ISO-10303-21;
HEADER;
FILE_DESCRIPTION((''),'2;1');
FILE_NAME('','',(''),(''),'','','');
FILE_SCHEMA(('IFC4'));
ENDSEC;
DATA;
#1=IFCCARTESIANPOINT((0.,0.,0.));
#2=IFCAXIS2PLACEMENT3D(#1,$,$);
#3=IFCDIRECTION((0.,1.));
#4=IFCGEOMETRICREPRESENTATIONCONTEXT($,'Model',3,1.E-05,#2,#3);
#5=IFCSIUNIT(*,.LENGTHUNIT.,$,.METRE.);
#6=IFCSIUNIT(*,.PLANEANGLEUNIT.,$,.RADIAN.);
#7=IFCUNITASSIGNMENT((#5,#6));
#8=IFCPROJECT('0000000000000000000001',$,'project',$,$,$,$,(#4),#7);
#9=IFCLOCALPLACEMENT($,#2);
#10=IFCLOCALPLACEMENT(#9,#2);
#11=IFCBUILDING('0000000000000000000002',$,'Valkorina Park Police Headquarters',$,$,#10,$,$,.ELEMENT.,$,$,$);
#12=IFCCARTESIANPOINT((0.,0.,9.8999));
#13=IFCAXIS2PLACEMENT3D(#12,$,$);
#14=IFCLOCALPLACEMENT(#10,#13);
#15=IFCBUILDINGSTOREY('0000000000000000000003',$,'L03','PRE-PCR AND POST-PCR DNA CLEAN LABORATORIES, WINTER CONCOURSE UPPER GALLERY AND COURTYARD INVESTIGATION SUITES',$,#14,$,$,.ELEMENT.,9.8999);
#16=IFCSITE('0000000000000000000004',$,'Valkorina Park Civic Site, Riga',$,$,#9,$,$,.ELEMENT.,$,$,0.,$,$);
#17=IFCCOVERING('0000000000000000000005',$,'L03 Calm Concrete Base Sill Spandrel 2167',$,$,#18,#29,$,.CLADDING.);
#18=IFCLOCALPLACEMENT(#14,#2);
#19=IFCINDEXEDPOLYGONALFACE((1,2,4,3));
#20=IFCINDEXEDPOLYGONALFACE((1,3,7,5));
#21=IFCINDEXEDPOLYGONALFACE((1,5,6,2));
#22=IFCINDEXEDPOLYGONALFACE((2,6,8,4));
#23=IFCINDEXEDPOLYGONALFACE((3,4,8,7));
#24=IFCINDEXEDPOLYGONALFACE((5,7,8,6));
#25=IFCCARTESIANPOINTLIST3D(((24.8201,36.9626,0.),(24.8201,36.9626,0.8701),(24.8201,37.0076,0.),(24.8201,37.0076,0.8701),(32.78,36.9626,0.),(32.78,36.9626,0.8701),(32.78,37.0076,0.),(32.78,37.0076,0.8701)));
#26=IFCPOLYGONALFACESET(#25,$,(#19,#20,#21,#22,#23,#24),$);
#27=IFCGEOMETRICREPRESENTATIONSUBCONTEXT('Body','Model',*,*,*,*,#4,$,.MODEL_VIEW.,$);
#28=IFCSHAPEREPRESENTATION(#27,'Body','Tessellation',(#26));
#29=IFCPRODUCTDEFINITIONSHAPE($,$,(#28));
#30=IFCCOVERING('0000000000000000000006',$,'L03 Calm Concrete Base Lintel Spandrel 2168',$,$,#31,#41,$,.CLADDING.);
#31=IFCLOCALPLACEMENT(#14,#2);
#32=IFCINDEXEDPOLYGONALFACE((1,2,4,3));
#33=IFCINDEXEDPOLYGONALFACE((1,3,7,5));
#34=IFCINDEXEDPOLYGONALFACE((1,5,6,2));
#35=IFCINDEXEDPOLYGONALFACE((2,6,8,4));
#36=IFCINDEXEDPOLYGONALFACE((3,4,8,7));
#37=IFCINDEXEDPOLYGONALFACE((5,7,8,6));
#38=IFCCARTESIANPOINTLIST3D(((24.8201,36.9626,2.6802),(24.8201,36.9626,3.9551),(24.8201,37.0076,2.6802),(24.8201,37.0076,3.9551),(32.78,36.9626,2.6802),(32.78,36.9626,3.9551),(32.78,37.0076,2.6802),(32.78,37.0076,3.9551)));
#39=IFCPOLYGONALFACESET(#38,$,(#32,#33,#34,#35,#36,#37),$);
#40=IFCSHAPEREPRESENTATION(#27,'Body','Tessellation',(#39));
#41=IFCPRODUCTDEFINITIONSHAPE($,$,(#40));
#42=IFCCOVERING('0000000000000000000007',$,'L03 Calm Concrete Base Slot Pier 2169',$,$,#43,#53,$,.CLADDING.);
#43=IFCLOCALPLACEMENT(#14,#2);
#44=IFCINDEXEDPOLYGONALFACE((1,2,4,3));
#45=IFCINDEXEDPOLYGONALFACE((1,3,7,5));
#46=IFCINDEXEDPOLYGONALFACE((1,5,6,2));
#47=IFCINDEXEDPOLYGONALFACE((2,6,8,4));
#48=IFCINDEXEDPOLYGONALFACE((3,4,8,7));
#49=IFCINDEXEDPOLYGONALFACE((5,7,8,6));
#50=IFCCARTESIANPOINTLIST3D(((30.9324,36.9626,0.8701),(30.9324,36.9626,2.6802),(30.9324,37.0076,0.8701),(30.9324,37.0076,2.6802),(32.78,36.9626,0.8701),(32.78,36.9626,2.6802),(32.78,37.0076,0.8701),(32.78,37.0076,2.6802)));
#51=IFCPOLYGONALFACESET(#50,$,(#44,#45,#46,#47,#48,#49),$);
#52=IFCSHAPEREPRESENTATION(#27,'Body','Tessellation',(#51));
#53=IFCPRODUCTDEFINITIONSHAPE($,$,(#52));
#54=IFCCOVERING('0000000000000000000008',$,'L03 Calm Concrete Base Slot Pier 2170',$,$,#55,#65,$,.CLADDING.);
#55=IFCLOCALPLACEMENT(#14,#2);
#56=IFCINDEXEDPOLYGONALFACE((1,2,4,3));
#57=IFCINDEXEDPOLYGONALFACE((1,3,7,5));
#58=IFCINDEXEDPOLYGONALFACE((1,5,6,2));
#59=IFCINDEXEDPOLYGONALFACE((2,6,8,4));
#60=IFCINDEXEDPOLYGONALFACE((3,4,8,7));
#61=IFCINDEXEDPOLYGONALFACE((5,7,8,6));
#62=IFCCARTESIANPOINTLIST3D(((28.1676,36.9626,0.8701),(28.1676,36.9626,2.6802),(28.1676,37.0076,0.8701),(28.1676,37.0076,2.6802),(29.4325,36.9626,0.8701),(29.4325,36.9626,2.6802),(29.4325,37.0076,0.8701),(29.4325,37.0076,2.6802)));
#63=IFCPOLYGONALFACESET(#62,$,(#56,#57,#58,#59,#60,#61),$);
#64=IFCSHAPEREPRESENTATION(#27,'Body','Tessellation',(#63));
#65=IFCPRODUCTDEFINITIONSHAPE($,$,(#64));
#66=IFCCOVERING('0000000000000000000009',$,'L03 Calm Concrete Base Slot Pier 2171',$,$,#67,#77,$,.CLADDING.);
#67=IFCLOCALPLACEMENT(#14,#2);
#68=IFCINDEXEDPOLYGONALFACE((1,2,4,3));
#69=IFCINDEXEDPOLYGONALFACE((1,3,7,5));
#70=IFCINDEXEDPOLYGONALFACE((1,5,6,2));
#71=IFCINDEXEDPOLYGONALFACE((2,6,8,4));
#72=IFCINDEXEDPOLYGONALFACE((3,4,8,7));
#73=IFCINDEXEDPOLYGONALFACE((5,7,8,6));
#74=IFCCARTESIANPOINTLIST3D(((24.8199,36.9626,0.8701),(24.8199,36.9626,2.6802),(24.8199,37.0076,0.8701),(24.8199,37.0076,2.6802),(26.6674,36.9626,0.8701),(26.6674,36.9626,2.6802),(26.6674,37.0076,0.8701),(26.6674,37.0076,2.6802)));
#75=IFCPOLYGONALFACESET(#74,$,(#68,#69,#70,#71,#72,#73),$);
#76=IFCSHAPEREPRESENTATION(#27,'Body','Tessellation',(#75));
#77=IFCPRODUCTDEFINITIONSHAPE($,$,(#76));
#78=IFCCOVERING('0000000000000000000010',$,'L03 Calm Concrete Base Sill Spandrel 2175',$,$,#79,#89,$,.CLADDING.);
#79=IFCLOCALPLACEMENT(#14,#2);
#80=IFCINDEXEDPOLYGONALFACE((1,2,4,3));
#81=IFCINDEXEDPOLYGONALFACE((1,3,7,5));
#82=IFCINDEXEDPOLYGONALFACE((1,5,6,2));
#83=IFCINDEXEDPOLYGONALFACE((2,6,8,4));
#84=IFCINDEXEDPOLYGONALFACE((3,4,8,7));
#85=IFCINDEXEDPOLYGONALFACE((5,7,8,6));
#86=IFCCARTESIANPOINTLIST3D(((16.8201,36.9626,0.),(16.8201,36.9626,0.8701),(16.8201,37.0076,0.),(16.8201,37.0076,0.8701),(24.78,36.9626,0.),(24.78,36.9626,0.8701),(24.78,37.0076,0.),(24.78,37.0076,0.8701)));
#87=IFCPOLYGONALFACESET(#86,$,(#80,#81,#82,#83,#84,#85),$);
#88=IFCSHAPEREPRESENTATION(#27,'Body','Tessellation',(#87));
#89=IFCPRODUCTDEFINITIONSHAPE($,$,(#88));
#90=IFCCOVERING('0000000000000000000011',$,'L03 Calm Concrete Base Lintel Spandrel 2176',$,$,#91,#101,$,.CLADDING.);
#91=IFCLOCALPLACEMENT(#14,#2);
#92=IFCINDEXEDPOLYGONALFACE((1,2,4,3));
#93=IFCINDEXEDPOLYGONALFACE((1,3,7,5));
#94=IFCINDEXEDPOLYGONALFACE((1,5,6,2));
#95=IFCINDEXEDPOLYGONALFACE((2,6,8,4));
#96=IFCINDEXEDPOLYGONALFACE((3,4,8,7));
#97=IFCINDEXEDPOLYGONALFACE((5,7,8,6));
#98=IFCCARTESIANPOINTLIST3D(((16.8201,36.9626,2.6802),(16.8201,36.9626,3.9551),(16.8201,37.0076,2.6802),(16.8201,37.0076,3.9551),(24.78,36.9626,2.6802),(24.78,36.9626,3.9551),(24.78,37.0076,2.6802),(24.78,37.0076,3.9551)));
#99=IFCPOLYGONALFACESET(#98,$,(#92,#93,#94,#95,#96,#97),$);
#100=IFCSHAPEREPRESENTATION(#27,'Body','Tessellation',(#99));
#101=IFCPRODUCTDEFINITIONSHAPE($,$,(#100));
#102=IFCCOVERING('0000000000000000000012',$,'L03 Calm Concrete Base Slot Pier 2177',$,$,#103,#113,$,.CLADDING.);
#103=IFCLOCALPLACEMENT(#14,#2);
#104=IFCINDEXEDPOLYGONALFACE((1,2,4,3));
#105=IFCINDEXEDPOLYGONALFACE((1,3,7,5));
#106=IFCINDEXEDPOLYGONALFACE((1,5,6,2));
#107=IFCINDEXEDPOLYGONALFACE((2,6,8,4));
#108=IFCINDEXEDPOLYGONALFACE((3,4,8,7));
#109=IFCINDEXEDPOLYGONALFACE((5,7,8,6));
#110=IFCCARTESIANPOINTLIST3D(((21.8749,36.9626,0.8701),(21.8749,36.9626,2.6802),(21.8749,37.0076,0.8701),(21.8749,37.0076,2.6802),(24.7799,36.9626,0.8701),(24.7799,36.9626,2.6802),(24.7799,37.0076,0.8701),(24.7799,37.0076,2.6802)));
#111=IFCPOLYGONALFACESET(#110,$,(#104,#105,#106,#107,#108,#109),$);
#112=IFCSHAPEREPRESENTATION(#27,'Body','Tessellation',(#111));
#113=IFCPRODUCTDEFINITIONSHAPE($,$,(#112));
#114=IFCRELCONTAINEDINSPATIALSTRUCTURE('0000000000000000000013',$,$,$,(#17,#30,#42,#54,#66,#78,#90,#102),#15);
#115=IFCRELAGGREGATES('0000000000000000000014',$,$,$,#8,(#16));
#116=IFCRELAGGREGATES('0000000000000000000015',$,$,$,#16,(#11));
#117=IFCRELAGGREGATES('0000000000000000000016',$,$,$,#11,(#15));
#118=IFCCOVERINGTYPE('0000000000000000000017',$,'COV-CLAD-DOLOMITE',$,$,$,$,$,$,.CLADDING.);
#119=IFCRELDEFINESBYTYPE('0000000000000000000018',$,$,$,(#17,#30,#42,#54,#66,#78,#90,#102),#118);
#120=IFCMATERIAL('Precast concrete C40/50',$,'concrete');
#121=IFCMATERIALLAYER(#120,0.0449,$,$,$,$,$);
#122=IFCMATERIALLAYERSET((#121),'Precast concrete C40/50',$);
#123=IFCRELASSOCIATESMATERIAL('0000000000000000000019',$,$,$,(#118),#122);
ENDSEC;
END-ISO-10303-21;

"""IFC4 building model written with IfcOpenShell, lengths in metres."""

from ifc_helpers import new_model, si_unit, direction, frame, frame_2d, origin, place, context, subcontext, project, spatial, rectangle, extrude, material, layer, layer_set, type_object, element, save


model = new_model("IFC4")

# Units and contexts
model_context = context("Model", 3, precision=1e-05, world=origin(), true_north=direction((0.0, 1.0)))
body_context = subcontext(model_context, "Body", "Model", "MODEL_VIEW")
ifc_project = project(units=[si_unit("LENGTHUNIT", "METRE"), si_unit("PLANEANGLEUNIT", "RADIAN")], contexts=[model_context])

# Site, building, storey
site_placement = place(None, origin())
site = spatial("IfcSite", under=ifc_project, at=site_placement, Name="Valkorina Park Civic Site, Riga", CompositionType="ELEMENT", RefElevation=0.0)
building_placement = place(site_placement, origin())
building = spatial("IfcBuilding", under=site, at=building_placement, Name="Valkorina Park Police Headquarters", CompositionType="ELEMENT")
storey_placement = place(building_placement, frame((0.0, 0.0, 9.8999)))
storey = spatial("IfcBuildingStorey", under=building, at=storey_placement, Name="L03", Description="PRE-PCR AND POST-PCR DNA CLEAN LABORATORIES, WINTER CONCOURSE UPPER GALLERY AND COURTYARD INVESTIGATION SUITES", CompositionType="ELEMENT", Elevation=9.8999)

# Coverings
ifc_material_1 = material(Name="Precast concrete C40/50", Category="concrete")
ifc_layer_1 = layer(ifc_material_1, 0.0449)
ifc_layer_set_1 = layer_set([ifc_layer_1], Name="Precast concrete C40/50")
covering_type = type_object("IfcCoveringType", Name="COV-CLAD-DOLOMITE", PredefinedType="CLADDING", material=ifc_layer_set_1)
covering_1_placement = place(storey_placement, frame((32.78, 36.9851, 0.0), z_axis=(0.0, 0.0, 1.0), x_axis=(-1.0, 0.0, 0.0)))
element("IfcCovering", 1, at=covering_1_placement, inside=storey, type_object=covering_type, Name="L03 Calm Concrete Base Sill Spandrel 2167", PredefinedType="CLADDING", context=body_context, shape_type="SweptSolid", body=[
    extrude(rectangle(XDim=7.96, YDim=0.0449, at=frame_2d((3.98, 0.0))), origin(), (0.0, 0.0, 1.0), 0.8701),
])
covering_2_placement = place(storey_placement, frame((32.78, 36.9851, 2.6802), z_axis=(0.0, 0.0, 1.0), x_axis=(-1.0, 0.0, 0.0)))
element("IfcCovering", 2, at=covering_2_placement, inside=storey, type_object=covering_type, Name="L03 Calm Concrete Base Lintel Spandrel 2168", PredefinedType="CLADDING", context=body_context, shape_type="SweptSolid", body=[
    extrude(rectangle(XDim=7.96, YDim=0.0449, at=frame_2d((3.98, 0.0))), origin(), (0.0, 0.0, 1.0), 1.2749),
])
covering_3_placement = place(storey_placement, frame((32.78, 36.9851, 0.8701), z_axis=(0.0, 0.0, 1.0), x_axis=(-1.0, 0.0, 0.0)))
element("IfcCovering", 3, at=covering_3_placement, inside=storey, type_object=covering_type, Name="L03 Calm Concrete Base Slot Pier 2169", PredefinedType="CLADDING", context=body_context, shape_type="SweptSolid", body=[
    extrude(rectangle(XDim=1.8477, YDim=0.0449, at=frame_2d((0.9238, 0.0))), origin(), (0.0, 0.0, 1.0), 1.8101),
])
covering_4_placement = place(storey_placement, frame((29.4324, 36.9851, 0.8701), z_axis=(0.0, 0.0, 1.0), x_axis=(-1.0, 0.0, 0.0)))
element("IfcCovering", 4, at=covering_4_placement, inside=storey, type_object=covering_type, Name="L03 Calm Concrete Base Slot Pier 2170", PredefinedType="CLADDING", context=body_context, shape_type="SweptSolid", body=[
    extrude(rectangle(XDim=1.2649, YDim=0.0449, at=frame_2d((0.6323, 0.0))), origin(), (0.0, 0.0, 1.0), 1.8101),
])
covering_5_placement = place(storey_placement, frame((26.6675, 36.9851, 0.8701), z_axis=(0.0, 0.0, 1.0), x_axis=(-1.0, 0.0, 0.0)))
element("IfcCovering", 5, at=covering_5_placement, inside=storey, type_object=covering_type, Name="L03 Calm Concrete Base Slot Pier 2171", PredefinedType="CLADDING", context=body_context, shape_type="SweptSolid", body=[
    extrude(rectangle(XDim=1.8474, YDim=0.0449, at=frame_2d((0.9238, 0.0))), origin(), (0.0, 0.0, 1.0), 1.8101),
])
covering_6_placement = place(storey_placement, frame((24.78, 36.9851, 0.0), z_axis=(0.0, 0.0, 1.0), x_axis=(-1.0, 0.0, 0.0)))
element("IfcCovering", 6, at=covering_6_placement, inside=storey, type_object=covering_type, Name="L03 Calm Concrete Base Sill Spandrel 2175", PredefinedType="CLADDING", context=body_context, shape_type="SweptSolid", body=[
    extrude(rectangle(XDim=7.96, YDim=0.0449, at=frame_2d((3.98, 0.0))), origin(), (0.0, 0.0, 1.0), 0.8701),
])
covering_7_placement = place(storey_placement, frame((24.78, 36.9851, 2.6802), z_axis=(0.0, 0.0, 1.0), x_axis=(-1.0, 0.0, 0.0)))
element("IfcCovering", 7, at=covering_7_placement, inside=storey, type_object=covering_type, Name="L03 Calm Concrete Base Lintel Spandrel 2176", PredefinedType="CLADDING", context=body_context, shape_type="SweptSolid", body=[
    extrude(rectangle(XDim=7.96, YDim=0.0449, at=frame_2d((3.98, 0.0))), origin(), (0.0, 0.0, 1.0), 1.2749),
])
covering_8_placement = place(storey_placement, frame((24.78, 36.9851, 0.8701), z_axis=(0.0, 0.0, 1.0), x_axis=(-1.0, 0.0, 0.0)))
element("IfcCovering", 8, at=covering_8_placement, inside=storey, type_object=covering_type, Name="L03 Calm Concrete Base Slot Pier 2177", PredefinedType="CLADDING", context=body_context, shape_type="SweptSolid", body=[
    extrude(rectangle(XDim=2.905, YDim=0.0449, at=frame_2d((1.4526, 0.0))), origin(), (0.0, 0.0, 1.0), 1.8101),
])

save(model, "model.ifc")
